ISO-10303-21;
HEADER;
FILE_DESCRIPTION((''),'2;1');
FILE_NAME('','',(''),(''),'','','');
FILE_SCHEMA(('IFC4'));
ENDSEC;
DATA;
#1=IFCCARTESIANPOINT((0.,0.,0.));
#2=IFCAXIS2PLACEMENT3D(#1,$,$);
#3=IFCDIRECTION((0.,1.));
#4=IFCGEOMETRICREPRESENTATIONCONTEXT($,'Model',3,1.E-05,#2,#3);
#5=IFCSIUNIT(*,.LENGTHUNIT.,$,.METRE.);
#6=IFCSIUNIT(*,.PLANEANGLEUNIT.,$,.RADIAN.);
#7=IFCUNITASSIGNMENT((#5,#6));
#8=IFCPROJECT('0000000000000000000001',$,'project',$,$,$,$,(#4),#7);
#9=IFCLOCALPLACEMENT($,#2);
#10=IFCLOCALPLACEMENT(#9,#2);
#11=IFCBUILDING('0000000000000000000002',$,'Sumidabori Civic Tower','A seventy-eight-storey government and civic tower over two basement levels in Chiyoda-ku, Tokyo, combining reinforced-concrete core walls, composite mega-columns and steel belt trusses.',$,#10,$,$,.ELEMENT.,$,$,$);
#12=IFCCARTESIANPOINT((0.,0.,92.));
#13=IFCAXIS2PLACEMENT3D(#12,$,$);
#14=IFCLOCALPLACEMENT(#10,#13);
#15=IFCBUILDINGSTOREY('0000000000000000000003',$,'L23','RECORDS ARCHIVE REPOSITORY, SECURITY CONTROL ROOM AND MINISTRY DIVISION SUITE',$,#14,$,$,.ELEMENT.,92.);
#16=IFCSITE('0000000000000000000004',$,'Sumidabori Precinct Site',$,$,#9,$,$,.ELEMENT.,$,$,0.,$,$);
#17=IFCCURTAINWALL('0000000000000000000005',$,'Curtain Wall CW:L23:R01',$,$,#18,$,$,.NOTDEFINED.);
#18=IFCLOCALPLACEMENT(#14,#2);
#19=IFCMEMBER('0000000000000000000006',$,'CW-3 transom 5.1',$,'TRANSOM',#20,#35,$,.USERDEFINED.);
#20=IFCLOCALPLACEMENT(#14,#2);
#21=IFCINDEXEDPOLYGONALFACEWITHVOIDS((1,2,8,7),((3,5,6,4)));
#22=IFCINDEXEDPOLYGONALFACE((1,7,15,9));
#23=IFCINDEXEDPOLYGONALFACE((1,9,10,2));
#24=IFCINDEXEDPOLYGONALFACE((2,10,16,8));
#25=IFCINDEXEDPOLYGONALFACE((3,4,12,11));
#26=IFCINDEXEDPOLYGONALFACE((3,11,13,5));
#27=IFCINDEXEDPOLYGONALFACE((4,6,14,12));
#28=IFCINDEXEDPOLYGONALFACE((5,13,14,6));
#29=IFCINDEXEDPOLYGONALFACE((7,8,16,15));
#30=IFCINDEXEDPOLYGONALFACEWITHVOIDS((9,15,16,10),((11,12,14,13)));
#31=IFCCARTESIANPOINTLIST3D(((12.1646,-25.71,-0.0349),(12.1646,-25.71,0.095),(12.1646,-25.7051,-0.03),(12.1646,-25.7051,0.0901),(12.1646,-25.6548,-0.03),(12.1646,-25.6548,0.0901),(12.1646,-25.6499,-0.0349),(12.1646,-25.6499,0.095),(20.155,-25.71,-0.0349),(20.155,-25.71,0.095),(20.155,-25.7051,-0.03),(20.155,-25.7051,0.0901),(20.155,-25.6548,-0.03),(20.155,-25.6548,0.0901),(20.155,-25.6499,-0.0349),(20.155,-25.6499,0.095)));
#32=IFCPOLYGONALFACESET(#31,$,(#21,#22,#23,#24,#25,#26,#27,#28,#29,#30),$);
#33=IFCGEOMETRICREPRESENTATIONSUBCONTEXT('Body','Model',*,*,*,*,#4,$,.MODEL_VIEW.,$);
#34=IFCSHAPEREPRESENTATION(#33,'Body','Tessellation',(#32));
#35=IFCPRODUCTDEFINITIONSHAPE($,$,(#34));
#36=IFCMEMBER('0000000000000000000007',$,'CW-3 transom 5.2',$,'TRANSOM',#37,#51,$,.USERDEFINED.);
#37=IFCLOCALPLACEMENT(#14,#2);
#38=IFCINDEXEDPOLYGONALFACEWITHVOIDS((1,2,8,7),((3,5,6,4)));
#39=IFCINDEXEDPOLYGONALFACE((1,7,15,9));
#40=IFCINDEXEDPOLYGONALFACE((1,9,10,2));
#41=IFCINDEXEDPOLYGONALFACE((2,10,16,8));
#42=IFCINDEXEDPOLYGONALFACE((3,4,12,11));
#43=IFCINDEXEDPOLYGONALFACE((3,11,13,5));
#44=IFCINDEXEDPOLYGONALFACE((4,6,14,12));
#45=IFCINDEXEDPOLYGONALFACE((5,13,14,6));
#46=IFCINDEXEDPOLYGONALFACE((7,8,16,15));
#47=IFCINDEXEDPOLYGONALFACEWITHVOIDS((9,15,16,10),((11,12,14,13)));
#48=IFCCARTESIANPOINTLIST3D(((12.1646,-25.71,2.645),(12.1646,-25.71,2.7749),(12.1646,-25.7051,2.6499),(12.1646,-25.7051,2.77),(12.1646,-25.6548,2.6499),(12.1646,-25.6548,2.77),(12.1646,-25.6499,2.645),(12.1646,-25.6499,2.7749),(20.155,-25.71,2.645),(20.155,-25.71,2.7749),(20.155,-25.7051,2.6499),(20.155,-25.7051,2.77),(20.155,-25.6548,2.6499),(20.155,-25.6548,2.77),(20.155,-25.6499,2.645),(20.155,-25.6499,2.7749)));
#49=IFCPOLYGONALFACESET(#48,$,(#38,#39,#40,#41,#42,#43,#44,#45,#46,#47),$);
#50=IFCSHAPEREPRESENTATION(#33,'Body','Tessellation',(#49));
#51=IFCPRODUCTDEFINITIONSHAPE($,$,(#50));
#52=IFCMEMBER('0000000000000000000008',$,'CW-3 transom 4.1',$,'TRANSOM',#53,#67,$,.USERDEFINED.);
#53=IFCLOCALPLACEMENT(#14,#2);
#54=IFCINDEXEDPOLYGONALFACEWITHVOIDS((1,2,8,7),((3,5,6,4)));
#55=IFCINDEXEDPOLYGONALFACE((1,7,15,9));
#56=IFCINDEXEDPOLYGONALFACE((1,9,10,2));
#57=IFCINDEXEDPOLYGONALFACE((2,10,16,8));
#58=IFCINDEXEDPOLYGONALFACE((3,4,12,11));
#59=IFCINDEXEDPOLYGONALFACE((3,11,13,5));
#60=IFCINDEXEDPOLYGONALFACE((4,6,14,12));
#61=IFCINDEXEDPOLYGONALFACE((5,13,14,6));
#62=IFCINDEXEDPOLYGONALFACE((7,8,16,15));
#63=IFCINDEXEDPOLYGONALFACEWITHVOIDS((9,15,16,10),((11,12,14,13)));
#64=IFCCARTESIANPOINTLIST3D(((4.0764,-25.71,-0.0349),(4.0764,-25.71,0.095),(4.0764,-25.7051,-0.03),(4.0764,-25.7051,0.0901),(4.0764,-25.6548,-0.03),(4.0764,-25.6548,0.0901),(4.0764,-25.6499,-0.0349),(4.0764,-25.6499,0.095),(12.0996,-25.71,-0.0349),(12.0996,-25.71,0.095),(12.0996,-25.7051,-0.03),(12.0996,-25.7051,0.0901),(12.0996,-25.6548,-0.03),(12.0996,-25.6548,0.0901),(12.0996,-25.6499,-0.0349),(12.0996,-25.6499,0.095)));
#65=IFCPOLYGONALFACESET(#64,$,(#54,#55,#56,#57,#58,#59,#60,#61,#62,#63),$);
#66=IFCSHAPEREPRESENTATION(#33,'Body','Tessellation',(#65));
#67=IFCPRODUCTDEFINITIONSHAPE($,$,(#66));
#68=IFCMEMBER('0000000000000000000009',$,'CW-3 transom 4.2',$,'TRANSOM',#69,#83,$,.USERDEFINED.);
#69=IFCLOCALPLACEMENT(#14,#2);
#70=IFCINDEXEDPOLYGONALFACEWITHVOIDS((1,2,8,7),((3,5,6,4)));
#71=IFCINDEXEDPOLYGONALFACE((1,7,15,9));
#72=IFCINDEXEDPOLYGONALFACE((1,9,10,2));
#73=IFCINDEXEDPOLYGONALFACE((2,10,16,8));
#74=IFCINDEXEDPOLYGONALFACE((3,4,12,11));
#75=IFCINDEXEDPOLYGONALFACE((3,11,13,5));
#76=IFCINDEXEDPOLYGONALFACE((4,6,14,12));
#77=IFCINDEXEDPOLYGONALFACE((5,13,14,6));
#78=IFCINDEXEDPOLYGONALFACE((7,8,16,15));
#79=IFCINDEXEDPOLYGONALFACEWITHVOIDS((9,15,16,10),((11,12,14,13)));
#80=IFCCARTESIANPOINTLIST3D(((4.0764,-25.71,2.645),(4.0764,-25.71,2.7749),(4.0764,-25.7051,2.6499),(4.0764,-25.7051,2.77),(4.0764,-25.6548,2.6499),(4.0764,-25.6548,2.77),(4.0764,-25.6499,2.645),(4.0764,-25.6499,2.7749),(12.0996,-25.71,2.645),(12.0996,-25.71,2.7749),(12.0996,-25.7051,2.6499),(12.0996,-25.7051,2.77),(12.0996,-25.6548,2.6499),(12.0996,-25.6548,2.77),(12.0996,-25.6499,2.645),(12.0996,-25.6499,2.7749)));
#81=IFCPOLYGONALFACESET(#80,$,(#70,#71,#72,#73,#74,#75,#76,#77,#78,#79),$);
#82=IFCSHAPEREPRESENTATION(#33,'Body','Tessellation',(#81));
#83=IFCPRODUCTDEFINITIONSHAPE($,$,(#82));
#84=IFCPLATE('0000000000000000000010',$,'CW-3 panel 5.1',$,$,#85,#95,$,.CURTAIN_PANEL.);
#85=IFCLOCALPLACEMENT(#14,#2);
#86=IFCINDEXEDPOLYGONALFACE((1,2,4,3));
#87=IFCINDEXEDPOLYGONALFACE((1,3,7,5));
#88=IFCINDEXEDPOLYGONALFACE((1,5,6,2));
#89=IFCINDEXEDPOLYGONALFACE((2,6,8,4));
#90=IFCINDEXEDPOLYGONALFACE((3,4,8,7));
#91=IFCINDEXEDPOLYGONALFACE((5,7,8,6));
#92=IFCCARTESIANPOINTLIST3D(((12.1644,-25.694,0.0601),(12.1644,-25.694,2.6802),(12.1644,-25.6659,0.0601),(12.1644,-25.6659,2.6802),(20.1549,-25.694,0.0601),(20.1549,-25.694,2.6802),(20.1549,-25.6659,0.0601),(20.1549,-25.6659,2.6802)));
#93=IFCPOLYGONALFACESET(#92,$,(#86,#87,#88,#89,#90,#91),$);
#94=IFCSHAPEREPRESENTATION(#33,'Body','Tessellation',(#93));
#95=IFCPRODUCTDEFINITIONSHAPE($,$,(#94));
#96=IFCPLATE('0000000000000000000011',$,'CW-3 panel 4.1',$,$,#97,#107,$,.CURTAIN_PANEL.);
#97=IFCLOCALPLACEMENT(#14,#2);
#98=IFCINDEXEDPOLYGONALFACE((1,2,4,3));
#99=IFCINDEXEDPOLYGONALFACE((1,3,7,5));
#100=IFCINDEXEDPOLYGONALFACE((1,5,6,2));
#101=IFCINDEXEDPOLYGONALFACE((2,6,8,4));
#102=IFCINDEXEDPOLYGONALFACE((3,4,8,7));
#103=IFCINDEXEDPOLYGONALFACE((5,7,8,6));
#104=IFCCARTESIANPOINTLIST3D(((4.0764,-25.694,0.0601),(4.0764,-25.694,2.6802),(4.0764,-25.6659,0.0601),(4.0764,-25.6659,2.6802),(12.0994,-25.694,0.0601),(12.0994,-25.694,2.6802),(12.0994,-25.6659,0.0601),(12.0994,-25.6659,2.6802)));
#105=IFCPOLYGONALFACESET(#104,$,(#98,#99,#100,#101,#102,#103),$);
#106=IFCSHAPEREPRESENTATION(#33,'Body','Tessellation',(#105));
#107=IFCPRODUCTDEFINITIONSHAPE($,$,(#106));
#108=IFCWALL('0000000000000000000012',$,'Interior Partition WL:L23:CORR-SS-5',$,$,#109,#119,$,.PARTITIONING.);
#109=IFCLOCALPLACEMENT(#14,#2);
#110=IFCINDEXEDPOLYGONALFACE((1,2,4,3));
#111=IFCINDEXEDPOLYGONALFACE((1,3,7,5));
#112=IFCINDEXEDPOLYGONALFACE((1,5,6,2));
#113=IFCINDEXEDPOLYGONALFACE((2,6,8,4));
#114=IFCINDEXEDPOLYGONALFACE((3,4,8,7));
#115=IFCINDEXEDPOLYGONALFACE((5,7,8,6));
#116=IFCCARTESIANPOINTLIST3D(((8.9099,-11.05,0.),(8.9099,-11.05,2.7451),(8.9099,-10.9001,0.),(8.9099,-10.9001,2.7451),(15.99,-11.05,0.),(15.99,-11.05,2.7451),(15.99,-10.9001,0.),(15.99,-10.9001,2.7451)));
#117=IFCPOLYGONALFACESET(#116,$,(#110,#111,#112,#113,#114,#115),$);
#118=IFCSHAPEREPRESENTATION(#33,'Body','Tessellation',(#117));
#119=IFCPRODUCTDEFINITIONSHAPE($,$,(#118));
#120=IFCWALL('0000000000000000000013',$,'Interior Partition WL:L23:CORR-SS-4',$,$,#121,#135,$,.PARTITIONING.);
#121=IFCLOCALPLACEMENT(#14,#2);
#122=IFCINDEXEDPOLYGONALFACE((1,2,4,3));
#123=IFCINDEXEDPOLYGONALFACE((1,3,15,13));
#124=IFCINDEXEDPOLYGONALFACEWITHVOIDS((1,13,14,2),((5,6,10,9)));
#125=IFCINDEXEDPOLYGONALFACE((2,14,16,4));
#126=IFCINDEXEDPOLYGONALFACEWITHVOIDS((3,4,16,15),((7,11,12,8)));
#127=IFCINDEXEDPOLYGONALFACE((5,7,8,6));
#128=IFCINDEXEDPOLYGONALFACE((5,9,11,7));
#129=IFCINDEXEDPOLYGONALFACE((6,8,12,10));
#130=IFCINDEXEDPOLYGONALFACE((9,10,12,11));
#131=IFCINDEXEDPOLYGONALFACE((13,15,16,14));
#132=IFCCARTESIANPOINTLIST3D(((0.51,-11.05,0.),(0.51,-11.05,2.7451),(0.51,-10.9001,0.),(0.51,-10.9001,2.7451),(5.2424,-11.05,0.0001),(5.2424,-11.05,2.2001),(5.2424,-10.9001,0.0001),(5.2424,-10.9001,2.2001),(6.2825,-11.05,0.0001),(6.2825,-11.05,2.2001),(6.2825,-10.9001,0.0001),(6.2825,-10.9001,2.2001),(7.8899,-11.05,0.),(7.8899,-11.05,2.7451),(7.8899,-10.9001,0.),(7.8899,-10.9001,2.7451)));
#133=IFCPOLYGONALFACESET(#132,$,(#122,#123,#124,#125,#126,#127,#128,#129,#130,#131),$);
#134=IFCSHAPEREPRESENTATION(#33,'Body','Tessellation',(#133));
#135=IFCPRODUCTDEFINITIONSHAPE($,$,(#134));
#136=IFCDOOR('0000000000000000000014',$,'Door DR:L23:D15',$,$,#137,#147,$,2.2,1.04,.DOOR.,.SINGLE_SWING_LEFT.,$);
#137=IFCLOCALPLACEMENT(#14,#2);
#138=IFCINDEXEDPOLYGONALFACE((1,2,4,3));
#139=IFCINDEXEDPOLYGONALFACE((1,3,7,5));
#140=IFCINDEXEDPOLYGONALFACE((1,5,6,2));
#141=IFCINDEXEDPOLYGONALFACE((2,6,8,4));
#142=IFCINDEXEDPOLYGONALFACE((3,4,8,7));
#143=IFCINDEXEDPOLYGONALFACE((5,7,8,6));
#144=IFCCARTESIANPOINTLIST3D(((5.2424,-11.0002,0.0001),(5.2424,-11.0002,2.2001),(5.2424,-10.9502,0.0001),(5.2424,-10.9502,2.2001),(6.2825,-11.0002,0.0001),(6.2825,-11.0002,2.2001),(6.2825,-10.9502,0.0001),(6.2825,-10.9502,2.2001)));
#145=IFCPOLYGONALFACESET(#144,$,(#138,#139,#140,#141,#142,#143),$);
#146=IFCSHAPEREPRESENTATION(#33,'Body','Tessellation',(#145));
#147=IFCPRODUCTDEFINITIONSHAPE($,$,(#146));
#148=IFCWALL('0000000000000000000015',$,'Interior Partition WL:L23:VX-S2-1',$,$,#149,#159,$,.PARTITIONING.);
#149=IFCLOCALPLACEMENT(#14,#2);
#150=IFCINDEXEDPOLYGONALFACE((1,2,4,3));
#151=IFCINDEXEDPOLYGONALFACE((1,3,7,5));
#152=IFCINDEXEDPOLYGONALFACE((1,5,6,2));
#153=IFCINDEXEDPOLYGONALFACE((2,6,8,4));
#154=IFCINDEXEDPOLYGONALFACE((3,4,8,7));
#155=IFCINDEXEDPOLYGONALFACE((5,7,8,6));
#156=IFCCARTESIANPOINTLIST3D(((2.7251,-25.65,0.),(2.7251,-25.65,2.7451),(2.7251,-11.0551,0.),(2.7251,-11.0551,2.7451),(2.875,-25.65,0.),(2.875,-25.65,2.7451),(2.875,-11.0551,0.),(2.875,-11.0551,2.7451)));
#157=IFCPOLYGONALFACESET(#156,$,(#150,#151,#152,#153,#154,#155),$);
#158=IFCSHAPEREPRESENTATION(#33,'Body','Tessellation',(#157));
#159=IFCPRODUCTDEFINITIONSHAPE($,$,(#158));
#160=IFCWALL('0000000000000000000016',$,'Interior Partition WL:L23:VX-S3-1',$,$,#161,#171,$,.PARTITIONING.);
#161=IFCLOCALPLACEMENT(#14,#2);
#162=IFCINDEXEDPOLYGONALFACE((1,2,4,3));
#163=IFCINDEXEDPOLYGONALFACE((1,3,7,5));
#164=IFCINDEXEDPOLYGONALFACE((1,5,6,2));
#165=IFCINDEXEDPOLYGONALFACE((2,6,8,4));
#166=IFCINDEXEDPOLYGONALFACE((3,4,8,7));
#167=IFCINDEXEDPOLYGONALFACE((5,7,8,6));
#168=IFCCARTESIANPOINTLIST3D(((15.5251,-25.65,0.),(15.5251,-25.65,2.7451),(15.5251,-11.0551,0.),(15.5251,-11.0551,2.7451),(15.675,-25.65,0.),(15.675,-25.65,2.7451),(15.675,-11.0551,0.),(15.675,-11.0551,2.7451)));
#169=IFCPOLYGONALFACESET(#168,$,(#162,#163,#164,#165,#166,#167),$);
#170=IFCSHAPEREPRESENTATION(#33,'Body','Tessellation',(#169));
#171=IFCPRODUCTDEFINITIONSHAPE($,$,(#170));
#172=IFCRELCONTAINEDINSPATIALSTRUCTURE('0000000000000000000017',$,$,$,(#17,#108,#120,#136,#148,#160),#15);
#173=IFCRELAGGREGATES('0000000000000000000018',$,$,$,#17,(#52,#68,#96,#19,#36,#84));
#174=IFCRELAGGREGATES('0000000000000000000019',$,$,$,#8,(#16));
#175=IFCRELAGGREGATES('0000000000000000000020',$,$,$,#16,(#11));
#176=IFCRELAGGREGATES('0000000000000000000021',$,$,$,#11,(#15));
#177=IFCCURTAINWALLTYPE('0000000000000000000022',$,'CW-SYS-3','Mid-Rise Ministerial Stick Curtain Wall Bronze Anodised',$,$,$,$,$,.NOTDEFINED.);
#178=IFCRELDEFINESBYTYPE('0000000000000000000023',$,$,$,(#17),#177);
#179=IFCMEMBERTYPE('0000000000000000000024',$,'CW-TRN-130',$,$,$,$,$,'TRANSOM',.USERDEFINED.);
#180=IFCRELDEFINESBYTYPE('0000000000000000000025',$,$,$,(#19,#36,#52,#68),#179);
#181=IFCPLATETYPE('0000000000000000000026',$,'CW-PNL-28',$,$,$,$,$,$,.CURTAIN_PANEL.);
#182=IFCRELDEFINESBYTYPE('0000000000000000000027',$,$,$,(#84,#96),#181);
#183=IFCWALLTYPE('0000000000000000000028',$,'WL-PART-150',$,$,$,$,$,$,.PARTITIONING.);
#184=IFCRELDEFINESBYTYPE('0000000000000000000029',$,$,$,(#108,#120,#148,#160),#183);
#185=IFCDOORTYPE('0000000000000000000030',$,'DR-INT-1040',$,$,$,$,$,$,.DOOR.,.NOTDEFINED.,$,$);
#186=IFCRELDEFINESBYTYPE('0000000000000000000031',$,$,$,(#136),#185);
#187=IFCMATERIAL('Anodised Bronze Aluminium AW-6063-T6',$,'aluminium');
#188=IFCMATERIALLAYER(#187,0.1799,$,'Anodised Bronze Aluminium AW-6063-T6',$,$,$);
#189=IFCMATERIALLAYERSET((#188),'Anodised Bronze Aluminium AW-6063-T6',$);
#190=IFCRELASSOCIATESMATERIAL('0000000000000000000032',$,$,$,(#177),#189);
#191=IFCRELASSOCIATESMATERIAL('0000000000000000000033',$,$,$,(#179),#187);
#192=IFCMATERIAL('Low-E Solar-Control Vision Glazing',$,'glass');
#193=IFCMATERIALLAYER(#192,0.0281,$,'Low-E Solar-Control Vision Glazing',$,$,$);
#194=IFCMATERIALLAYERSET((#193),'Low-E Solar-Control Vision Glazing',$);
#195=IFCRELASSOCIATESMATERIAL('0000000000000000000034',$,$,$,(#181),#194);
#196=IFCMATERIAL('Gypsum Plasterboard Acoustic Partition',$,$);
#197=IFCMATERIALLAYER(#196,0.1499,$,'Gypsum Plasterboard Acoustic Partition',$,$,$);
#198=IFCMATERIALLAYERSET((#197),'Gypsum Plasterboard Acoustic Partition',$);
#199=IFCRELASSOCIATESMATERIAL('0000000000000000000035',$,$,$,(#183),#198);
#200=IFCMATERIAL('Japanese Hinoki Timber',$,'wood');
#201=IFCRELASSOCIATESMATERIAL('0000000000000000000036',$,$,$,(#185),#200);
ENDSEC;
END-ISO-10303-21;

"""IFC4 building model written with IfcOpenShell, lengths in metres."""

from ifc_helpers import new_model, si_unit, direction, frame, frame_2d, origin, origin_2d, place, context, subcontext, project, spatial, rectangle, hollow_rectangle, extrude, source, transform, mapped, material, layer, layer_set, material_profile, profile_set, type_object, element, fill, aggregate, save


model = new_model("IFC4")

# Units and contexts
model_context = context("Model", 3, precision=1e-05, world=origin(), true_north=direction((0.0, 1.0)))
body_context = subcontext(model_context, "Body", "Model", "MODEL_VIEW")
ifc_project = project(units=[si_unit("LENGTHUNIT", "METRE"), si_unit("PLANEANGLEUNIT", "RADIAN")], contexts=[model_context])

# Site, building, storey
site_placement = place(None, origin())
site = spatial("IfcSite", under=ifc_project, at=site_placement, Name="Sumidabori Precinct Site", CompositionType="ELEMENT", RefElevation=0.0)
building_placement = place(site_placement, origin())
building = spatial("IfcBuilding", under=site, at=building_placement, Name="Sumidabori Civic Tower", Description="A seventy-eight-storey government and civic tower over two basement levels in Chiyoda-ku, Tokyo, combining reinforced-concrete core walls, composite mega-columns and steel belt trusses.", CompositionType="ELEMENT")
storey_placement = place(building_placement, frame((0.0, 0.0, 92.0)))
storey = spatial("IfcBuildingStorey", under=building, at=storey_placement, Name="L23", Description="RECORDS ARCHIVE REPOSITORY, SECURITY CONTROL ROOM AND MINISTRY DIVISION SUITE", CompositionType="ELEMENT", Elevation=92.0)

# Curtain wall, members, plates
ifc_material_1 = material(Name="Anodised Bronze Aluminium AW-6063-T6", Category="aluminium")
ifc_layer_1 = layer(ifc_material_1, 0.1799, Name="Anodised Bronze Aluminium AW-6063-T6")
ifc_layer_set_1 = layer_set([ifc_layer_1], Name="Anodised Bronze Aluminium AW-6063-T6")
curtain_wall_type = type_object("IfcCurtainWallType", Name="CW-SYS-3", Description="Mid-Rise Ministerial Stick Curtain Wall Bronze Anodised", PredefinedType="NOTDEFINED", material=ifc_layer_set_1)
curtain_wall_placement = place(storey_placement, origin())
curtain_wall = element("IfcCurtainWall", 1, at=curtain_wall_placement, inside=storey, type_object=curtain_wall_type, Name="Curtain Wall CW:L23:R01", PredefinedType="NOTDEFINED")
ifc_material_profile_1 = material_profile(ifc_material_1, hollow_rectangle(XDim=0.0601, YDim=0.1299, WallThickness=0.0049, at=origin_2d()), Name="ALU TRANSOM 130x60")
ifc_profile_set_1 = profile_set([ifc_material_profile_1], Name="Anodised Bronze Aluminium AW-6063-T6")
member_type_1 = type_object("IfcMemberType", Name="CW-TRN-130", ElementType="TRANSOM", PredefinedType="USERDEFINED", material=ifc_profile_set_1)
shared_shape_1 = source(origin(), body_context, "Body", "SweptSolid", [
    extrude(hollow_rectangle(XDim=0.0601, YDim=0.1299, WallThickness=0.0049, at=origin_2d()), origin(), (0.0, 0.0, 1.0), 7.9905),
])
member_1_placement = place(storey_placement, frame((12.1646, -25.6799, 0.03), z_axis=(1.0, 0.0, 0.0), x_axis=(0.0, 1.0, 0.0)))
member_1 = element("IfcMember", 2, at=member_1_placement, type_object=member_type_1, Name="CW-3 transom 5.1", ObjectType="TRANSOM", PredefinedType="USERDEFINED", context=body_context, shape_type="MappedRepresentation", body=[
    mapped(shared_shape_1, transform((0.0, 0.0, 0.0), x_axis=(1.0, 0.0, 0.0), y_axis=(0.0, 1.0, 0.0), z_axis=(0.0, 0.0, 1.0), scale=1.0)),
])
member_2_placement = place(storey_placement, frame((12.1646, -25.6799, 2.71), z_axis=(1.0, 0.0, 0.0), x_axis=(0.0, 1.0, 0.0)))
member_2 = element("IfcMember", 3, at=member_2_placement, type_object=member_type_1, Name="CW-3 transom 5.2", ObjectType="TRANSOM", PredefinedType="USERDEFINED", context=body_context, shape_type="MappedRepresentation", body=[
    mapped(shared_shape_1, transform((0.0, 0.0, 0.0), x_axis=(1.0, 0.0, 0.0), y_axis=(0.0, 1.0, 0.0), z_axis=(0.0, 0.0, 1.0), scale=1.0)),
])
shared_shape_2 = source(origin(), body_context, "Body", "SweptSolid", [
    extrude(hollow_rectangle(XDim=0.0601, YDim=0.1299, WallThickness=0.0049, at=origin_2d()), origin(), (0.0, 0.0, 1.0), 8.0232),
])
member_3_placement = place(storey_placement, frame((4.0764, -25.6799, 0.03), z_axis=(1.0, 0.0, 0.0), x_axis=(0.0, 1.0, 0.0)))
member_3 = element("IfcMember", 4, at=member_3_placement, type_object=member_type_1, Name="CW-3 transom 4.1", ObjectType="TRANSOM", PredefinedType="USERDEFINED", context=body_context, shape_type="MappedRepresentation", body=[
    mapped(shared_shape_2, transform((0.0, 0.0, 0.0), x_axis=(1.0, 0.0, 0.0), y_axis=(0.0, 1.0, 0.0), z_axis=(0.0, 0.0, 1.0), scale=1.0)),
])
member_4_placement = place(storey_placement, frame((4.0764, -25.6799, 2.71), z_axis=(1.0, 0.0, 0.0), x_axis=(0.0, 1.0, 0.0)))
member_4 = element("IfcMember", 5, at=member_4_placement, type_object=member_type_1, Name="CW-3 transom 4.2", ObjectType="TRANSOM", PredefinedType="USERDEFINED", context=body_context, shape_type="MappedRepresentation", body=[
    mapped(shared_shape_2, transform((0.0, 0.0, 0.0), x_axis=(1.0, 0.0, 0.0), y_axis=(0.0, 1.0, 0.0), z_axis=(0.0, 0.0, 1.0), scale=1.0)),
])
ifc_material_2 = material(Name="Low-E Solar-Control Vision Glazing", Category="glass")
ifc_layer_2 = layer(ifc_material_2, 0.0281, Name="Low-E Solar-Control Vision Glazing")
ifc_layer_set_2 = layer_set([ifc_layer_2], Name="Low-E Solar-Control Vision Glazing")
plate_type = type_object("IfcPlateType", Name="CW-PNL-28", PredefinedType="CURTAIN_PANEL", material=ifc_layer_set_2)
shared_shape_3 = source(origin(), body_context, "Body", "SweptSolid", [
    extrude(rectangle(XDim=7.9905, YDim=0.0281, at=origin_2d()), origin(), (0.0, 0.0, 1.0), 2.6201),
])
plate_1_placement = place(storey_placement, frame((16.1597, -25.6799, 0.0601), z_axis=(0.0, 0.0, 1.0), x_axis=(1.0, 0.0, 0.0)))
plate_1 = element("IfcPlate", 6, at=plate_1_placement, type_object=plate_type, Name="CW-3 panel 5.1", PredefinedType="CURTAIN_PANEL", context=body_context, shape_type="MappedRepresentation", body=[
    mapped(shared_shape_3, transform((0.0, 0.0, 0.0), x_axis=(1.0, 0.0, 0.0), y_axis=(0.0, 1.0, 0.0), z_axis=(0.0, 0.0, 1.0), scale=1.0)),
])
shared_shape_4 = source(origin(), body_context, "Body", "SweptSolid", [
    extrude(rectangle(XDim=8.0229, YDim=0.0281, at=origin_2d()), origin(), (0.0, 0.0, 1.0), 2.6201),
])
plate_2_placement = place(storey_placement, frame((8.0879, -25.6799, 0.0601), z_axis=(0.0, 0.0, 1.0), x_axis=(1.0, 0.0, 0.0)))
plate_2 = element("IfcPlate", 7, at=plate_2_placement, type_object=plate_type, Name="CW-3 panel 4.1", PredefinedType="CURTAIN_PANEL", context=body_context, shape_type="MappedRepresentation", body=[
    mapped(shared_shape_4, transform((0.0, 0.0, 0.0), x_axis=(1.0, 0.0, 0.0), y_axis=(0.0, 1.0, 0.0), z_axis=(0.0, 0.0, 1.0), scale=1.0)),
])
aggregate(curtain_wall, [member_3, member_4, plate_2, member_1, member_2, plate_1])

# Wall
ifc_material_3 = material(Name="Gypsum Plasterboard Acoustic Partition")
ifc_layer_3 = layer(ifc_material_3, 0.1499, Name="Gypsum Plasterboard Acoustic Partition")
ifc_layer_set_3 = layer_set([ifc_layer_3], Name="Gypsum Plasterboard Acoustic Partition")
wall_type = type_object("IfcWallType", Name="WL-PART-150", PredefinedType="PARTITIONING", material=ifc_layer_set_3)
shared_shape_5 = source(origin(), body_context, "Body", "SweptSolid", [
    extrude(rectangle(XDim=7.0801, YDim=0.1499, at=frame_2d((3.54, 0.0))), origin(), (0.0, 0.0, 1.0), 2.7451),
])
wall_1_placement = place(storey_placement, frame((8.9099, -10.9751, 0.0), z_axis=(0.0, 0.0, 1.0), x_axis=(1.0, 0.0, 0.0)))
element("IfcWall", 8, at=wall_1_placement, inside=storey, type_object=wall_type, Name="Interior Partition WL:L23:CORR-SS-5", PredefinedType="PARTITIONING", context=body_context, shape_type="MappedRepresentation", body=[
    mapped(shared_shape_5, transform((0.0, 0.0, 0.0), x_axis=(1.0, 0.0, 0.0), y_axis=(0.0, 1.0, 0.0), z_axis=(0.0, 0.0, 1.0), scale=1.0)),
])

# Wall, opening, door
shared_shape_6 = source(origin(), body_context, "Body", "SweptSolid", [
    extrude(rectangle(XDim=7.3799, YDim=0.1499, at=frame_2d((3.6899, 0.0))), origin(), (0.0, 0.0, 1.0), 2.7451),
])
wall_2_placement = place(storey_placement, frame((0.51, -10.9751, 0.0), z_axis=(0.0, 0.0, 1.0), x_axis=(1.0, 0.0, 0.0)))
wall_2 = element("IfcWall", 9, at=wall_2_placement, inside=storey, type_object=wall_type, Name="Interior Partition WL:L23:CORR-SS-4", PredefinedType="PARTITIONING", context=body_context, shape_type="MappedRepresentation", body=[
    mapped(shared_shape_6, transform((0.0, 0.0, 0.0), x_axis=(1.0, 0.0, 0.0), y_axis=(0.0, 1.0, 0.0), z_axis=(0.0, 0.0, 1.0), scale=1.0)),
])
opening_placement = place(wall_2_placement, frame((4.7324, 0.0, 0.0)))
opening = element("IfcOpeningElement", 10, at=opening_placement, cuts=wall_2, PredefinedType="OPENING", context=body_context, shape_type="SweptSolid", body=[
    extrude(rectangle(XDim=1.04, YDim=2.2, at=frame_2d((0.52, 1.1001))), frame((0.0, 0.0869, 0.0), z_axis=(0.0, -1.0, 0.0), x_axis=(1.0, 0.0, 0.0)), (0.0, 0.0, 1.0), 0.1738),
])
ifc_material_4 = material(Name="Japanese Hinoki Timber", Category="wood")
door_type = type_object("IfcDoorType", Name="DR-INT-1040", OperationType="NOTDEFINED", PredefinedType="DOOR", material=ifc_material_4)
shared_shape_7 = source(origin(), body_context, "Body", "SweptSolid", [
    extrude(rectangle(XDim=1.04, YDim=2.2, at=frame_2d((0.52, 1.1001))), frame((0.0, 0.0249, 0.0), z_axis=(0.0, -1.0, 0.0), x_axis=(1.0, 0.0, 0.0)), (0.0, 0.0, 1.0), 0.05),
])
door_placement = place(opening_placement, origin())
door = element("IfcDoor", 11, at=door_placement, inside=storey, type_object=door_type, Name="Door DR:L23:D15", OperationType="SINGLE_SWING_LEFT", OverallHeight=2.2, OverallWidth=1.04, PredefinedType="DOOR", context=body_context, shape_type="MappedRepresentation", body=[
    mapped(shared_shape_7, transform((0.0, 0.0, 0.0), x_axis=(1.0, 0.0, 0.0), y_axis=(0.0, 1.0, 0.0), z_axis=(0.0, 0.0, 1.0), scale=1.0)),
])
fill(opening, door)

# Walls
shared_shape_8 = source(origin(), body_context, "Body", "SweptSolid", [
    extrude(rectangle(XDim=14.595, YDim=0.1499, at=frame_2d((7.2974, 0.0))), origin(), (0.0, 0.0, 1.0), 2.7451),
])
for number, where, z_axis, x_axis, name in (
    (12, (2.8, -25.6499, 0.0), (0.0, 0.0, 1.0), (0.0, 1.0, 0.0), "Interior Partition WL:L23:VX-S2-1"),
    (13, (15.6001, -25.6499, 0.0), (0.0, 0.0, 1.0), (0.0, 1.0, 0.0), "Interior Partition WL:L23:VX-S3-1"),
):
    element("IfcWall", number, at=place(storey_placement, frame(where, z_axis=z_axis, x_axis=x_axis)), inside=storey, type_object=wall_type, Name=name, PredefinedType="PARTITIONING", context=body_context, shape_type="MappedRepresentation", body=[
        mapped(shared_shape_8, transform((0.0, 0.0, 0.0), x_axis=(1.0, 0.0, 0.0), y_axis=(0.0, 1.0, 0.0), z_axis=(0.0, 0.0, 1.0), scale=1.0)),
    ])

save(model, "model.ifc")
